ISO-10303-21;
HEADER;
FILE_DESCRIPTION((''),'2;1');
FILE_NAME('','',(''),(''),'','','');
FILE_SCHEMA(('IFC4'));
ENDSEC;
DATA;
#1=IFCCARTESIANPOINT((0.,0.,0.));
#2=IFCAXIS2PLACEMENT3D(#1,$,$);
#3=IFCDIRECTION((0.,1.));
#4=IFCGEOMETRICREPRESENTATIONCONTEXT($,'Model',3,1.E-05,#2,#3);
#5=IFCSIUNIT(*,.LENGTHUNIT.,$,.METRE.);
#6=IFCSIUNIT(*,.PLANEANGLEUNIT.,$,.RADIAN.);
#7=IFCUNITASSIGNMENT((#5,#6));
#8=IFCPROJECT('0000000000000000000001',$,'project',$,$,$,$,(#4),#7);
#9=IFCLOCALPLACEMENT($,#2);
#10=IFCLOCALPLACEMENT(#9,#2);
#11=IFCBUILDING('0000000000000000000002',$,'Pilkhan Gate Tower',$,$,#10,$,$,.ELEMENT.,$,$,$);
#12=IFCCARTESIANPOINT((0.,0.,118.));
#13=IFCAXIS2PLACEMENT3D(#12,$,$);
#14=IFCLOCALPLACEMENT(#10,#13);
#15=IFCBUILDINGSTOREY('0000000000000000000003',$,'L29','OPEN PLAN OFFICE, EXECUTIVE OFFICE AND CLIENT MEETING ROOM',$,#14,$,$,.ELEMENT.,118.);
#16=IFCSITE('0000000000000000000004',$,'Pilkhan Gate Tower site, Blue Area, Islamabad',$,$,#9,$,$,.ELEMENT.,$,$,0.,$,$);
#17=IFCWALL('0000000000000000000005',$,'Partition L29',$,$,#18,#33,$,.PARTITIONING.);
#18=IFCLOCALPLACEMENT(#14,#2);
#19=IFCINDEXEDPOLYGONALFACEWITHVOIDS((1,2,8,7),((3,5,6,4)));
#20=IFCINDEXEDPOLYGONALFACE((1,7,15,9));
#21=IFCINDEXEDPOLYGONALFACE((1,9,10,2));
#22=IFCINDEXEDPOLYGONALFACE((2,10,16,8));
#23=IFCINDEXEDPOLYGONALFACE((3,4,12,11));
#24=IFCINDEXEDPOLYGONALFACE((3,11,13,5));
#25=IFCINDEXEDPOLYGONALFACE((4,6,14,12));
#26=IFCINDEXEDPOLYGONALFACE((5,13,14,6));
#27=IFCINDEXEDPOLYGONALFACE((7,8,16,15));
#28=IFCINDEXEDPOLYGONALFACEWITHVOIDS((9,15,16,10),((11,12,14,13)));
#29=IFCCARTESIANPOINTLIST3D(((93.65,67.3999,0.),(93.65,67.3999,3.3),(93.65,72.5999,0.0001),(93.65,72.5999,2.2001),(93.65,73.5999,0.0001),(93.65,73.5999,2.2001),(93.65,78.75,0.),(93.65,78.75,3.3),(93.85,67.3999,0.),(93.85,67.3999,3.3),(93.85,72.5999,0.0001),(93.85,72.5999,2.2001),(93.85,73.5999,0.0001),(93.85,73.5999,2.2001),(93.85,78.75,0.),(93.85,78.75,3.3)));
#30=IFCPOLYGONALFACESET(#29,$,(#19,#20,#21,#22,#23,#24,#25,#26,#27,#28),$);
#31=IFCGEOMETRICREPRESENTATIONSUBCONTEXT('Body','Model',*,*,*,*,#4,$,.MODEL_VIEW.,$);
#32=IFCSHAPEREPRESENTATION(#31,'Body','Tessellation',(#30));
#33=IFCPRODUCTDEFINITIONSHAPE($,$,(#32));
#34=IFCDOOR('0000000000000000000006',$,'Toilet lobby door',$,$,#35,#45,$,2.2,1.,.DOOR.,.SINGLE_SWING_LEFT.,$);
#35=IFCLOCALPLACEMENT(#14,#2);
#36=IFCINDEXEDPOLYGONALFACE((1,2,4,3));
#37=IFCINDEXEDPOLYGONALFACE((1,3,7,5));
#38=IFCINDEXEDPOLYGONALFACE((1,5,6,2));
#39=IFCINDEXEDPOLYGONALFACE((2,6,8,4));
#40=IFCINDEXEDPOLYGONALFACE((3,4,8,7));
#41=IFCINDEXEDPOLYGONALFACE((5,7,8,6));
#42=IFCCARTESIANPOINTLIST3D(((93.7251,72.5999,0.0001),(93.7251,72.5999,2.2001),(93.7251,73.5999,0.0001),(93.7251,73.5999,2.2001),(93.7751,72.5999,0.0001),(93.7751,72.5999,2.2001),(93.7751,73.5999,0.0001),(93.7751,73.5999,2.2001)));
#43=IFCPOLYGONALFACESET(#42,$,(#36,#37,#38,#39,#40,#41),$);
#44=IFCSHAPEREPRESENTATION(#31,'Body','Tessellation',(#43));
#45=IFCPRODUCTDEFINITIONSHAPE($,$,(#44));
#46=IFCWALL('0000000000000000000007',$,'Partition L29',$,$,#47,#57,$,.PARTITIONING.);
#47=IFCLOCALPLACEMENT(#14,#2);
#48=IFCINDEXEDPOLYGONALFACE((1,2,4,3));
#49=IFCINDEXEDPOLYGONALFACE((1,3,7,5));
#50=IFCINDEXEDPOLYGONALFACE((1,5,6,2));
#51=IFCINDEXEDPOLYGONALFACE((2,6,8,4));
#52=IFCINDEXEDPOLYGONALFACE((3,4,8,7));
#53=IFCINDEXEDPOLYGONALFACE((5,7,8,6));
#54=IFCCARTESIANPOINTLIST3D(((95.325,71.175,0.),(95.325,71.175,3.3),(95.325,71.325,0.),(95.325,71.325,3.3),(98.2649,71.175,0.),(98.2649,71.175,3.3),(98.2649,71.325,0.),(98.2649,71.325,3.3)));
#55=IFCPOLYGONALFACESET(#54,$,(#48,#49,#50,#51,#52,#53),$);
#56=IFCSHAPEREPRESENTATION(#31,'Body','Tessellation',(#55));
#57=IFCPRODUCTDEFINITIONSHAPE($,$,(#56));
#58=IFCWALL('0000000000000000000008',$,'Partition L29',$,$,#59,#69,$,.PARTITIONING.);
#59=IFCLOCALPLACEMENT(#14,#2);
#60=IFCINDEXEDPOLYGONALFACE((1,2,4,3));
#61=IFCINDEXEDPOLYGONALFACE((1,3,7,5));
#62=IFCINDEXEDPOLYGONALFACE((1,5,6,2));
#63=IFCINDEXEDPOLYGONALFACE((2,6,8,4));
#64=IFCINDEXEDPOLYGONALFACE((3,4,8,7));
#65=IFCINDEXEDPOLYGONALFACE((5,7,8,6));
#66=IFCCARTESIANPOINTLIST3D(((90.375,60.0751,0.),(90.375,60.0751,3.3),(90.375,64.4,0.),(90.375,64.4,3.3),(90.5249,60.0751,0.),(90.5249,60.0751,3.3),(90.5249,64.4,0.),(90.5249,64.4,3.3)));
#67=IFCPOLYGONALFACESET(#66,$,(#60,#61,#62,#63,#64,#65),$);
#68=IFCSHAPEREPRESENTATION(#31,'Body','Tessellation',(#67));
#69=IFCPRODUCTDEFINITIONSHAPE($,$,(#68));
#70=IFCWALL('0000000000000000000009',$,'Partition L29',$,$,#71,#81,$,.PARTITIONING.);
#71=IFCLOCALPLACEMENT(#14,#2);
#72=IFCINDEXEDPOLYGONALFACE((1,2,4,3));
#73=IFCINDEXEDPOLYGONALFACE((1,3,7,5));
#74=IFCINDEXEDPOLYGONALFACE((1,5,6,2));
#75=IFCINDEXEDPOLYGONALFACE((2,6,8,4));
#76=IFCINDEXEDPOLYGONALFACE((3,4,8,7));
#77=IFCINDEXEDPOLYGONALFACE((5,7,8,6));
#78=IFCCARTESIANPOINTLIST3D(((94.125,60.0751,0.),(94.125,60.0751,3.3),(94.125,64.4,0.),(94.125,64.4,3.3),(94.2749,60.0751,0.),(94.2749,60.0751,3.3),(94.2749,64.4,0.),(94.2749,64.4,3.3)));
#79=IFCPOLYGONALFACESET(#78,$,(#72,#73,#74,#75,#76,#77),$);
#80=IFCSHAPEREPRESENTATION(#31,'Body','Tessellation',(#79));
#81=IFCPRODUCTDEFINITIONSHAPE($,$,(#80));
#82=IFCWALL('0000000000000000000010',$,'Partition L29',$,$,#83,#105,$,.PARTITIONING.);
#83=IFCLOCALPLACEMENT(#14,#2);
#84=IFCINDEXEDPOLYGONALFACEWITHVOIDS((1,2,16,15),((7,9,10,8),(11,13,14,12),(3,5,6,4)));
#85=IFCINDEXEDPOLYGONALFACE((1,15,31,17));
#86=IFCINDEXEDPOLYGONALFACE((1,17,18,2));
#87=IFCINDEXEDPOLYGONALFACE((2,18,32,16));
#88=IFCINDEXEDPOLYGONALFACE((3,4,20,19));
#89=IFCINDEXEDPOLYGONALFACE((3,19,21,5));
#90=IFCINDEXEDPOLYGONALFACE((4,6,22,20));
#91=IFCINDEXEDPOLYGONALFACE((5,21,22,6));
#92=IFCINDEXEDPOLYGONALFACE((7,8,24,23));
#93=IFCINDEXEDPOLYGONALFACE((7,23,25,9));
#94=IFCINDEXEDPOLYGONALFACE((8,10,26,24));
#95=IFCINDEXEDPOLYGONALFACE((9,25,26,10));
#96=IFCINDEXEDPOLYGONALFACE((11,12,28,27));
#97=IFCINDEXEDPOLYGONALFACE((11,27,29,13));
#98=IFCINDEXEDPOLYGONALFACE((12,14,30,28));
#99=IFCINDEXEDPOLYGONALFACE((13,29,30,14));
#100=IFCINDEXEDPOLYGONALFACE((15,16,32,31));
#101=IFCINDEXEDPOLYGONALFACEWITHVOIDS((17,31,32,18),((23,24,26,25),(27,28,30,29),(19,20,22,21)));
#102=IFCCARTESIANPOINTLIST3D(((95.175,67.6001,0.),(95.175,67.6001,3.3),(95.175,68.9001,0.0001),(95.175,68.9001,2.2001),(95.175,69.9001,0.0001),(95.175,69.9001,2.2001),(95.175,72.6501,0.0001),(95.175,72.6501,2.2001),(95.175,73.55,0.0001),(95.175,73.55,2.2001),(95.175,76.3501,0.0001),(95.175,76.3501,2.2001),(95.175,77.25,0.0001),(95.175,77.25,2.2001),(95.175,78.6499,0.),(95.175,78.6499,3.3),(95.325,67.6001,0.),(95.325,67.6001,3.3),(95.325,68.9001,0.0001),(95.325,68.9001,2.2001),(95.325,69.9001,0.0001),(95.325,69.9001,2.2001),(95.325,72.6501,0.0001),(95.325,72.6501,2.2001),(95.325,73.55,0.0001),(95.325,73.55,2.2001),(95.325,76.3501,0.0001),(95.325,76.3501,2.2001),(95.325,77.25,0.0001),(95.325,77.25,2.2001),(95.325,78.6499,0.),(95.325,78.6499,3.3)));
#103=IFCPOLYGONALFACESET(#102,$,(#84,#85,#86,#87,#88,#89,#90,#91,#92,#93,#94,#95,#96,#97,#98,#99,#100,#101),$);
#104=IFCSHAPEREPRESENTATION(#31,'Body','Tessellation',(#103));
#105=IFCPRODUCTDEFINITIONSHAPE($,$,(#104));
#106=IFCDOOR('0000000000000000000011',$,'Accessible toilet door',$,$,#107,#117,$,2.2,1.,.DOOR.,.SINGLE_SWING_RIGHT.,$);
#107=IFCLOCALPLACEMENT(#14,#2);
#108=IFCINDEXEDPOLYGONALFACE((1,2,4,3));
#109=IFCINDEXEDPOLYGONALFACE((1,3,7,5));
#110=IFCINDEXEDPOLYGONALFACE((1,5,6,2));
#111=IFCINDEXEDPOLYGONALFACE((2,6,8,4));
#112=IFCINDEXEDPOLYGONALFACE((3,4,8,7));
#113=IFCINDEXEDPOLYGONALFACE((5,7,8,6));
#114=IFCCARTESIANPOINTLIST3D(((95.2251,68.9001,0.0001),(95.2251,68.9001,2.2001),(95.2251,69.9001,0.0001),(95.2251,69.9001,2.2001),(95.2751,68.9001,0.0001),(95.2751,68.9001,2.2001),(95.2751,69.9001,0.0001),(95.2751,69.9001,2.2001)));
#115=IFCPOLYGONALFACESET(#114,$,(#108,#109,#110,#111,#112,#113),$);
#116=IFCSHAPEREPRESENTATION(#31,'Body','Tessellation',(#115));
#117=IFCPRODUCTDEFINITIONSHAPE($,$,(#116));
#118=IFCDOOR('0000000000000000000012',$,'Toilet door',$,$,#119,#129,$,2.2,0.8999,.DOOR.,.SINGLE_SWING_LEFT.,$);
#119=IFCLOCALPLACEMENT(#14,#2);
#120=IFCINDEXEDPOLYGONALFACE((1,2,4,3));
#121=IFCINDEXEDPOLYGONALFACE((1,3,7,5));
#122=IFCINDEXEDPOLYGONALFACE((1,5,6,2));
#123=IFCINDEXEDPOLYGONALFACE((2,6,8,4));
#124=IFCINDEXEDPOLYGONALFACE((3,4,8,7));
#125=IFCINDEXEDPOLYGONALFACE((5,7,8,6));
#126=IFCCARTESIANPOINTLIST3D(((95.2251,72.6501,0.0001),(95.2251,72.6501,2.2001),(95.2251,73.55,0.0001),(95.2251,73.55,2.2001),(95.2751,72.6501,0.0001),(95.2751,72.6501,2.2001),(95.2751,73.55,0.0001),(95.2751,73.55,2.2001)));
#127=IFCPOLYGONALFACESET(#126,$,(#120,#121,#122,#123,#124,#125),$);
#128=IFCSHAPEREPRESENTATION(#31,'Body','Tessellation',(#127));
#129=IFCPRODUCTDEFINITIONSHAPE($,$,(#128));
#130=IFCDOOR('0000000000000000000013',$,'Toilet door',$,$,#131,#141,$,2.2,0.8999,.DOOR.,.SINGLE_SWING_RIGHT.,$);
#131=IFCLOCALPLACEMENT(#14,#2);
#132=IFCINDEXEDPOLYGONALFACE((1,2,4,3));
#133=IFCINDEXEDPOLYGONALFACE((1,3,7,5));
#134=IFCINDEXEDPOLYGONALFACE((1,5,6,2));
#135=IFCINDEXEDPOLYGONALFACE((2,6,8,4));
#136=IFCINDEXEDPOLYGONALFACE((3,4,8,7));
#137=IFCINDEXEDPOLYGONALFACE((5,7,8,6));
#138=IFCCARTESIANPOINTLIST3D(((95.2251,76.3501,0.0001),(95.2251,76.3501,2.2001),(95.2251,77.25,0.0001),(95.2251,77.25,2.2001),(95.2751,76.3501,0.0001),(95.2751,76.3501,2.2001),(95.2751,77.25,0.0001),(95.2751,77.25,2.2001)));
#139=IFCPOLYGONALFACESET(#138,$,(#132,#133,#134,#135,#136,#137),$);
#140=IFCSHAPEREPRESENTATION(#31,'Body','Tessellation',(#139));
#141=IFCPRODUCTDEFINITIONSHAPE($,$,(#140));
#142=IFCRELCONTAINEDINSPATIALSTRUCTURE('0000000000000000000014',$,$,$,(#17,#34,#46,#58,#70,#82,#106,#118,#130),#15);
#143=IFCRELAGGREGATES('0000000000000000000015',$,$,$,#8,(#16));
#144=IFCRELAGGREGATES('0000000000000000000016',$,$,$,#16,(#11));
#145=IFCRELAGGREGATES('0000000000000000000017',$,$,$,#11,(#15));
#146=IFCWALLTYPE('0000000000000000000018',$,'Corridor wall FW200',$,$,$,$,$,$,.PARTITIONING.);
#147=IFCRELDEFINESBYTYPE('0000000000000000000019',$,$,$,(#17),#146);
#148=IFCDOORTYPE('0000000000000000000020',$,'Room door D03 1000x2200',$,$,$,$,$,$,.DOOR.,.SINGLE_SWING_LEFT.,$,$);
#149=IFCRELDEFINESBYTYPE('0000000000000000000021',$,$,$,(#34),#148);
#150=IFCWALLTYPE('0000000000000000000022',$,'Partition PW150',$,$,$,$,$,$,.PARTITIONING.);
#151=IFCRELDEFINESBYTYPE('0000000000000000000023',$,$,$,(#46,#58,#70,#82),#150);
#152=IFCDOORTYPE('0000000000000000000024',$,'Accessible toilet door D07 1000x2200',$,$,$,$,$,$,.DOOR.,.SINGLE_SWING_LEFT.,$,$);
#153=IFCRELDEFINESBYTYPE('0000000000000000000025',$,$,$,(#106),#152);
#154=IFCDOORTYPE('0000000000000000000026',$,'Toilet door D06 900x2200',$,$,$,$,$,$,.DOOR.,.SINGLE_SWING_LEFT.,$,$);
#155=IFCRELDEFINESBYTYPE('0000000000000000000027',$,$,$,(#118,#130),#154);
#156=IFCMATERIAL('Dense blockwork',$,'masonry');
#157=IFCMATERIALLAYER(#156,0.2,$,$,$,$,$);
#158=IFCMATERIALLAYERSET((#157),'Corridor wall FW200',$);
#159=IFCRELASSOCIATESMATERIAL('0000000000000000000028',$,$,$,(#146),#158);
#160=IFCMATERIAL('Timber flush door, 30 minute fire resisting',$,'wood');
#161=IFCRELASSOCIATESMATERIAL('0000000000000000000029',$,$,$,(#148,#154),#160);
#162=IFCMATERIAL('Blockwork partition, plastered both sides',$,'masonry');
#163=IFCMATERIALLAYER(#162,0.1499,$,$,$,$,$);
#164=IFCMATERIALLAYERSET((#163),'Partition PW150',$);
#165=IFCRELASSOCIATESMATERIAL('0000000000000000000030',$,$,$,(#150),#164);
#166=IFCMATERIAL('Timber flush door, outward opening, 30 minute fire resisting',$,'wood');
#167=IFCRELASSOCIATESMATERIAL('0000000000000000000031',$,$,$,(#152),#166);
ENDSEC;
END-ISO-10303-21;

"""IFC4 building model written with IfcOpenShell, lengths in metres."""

from ifc_helpers import new_model, si_unit, direction, frame, frame_2d, origin, place, context, subcontext, project, spatial, rectangle, extrude, material, layer, layer_set, type_object, element, fill, save


model = new_model("IFC4")

# Units and contexts
model_context = context("Model", 3, precision=1e-05, world=origin(), true_north=direction((0.0, 1.0)))
body_context = subcontext(model_context, "Body", "Model", "MODEL_VIEW")
ifc_project = project(units=[si_unit("LENGTHUNIT", "METRE"), si_unit("PLANEANGLEUNIT", "RADIAN")], contexts=[model_context])

# Site, building, storey
site_placement = place(None, origin())
site = spatial("IfcSite", under=ifc_project, at=site_placement, Name="Pilkhan Gate Tower site, Blue Area, Islamabad", CompositionType="ELEMENT", RefElevation=0.0)
building_placement = place(site_placement, origin())
building = spatial("IfcBuilding", under=site, at=building_placement, Name="Pilkhan Gate Tower", CompositionType="ELEMENT")
storey_placement = place(building_placement, frame((0.0, 0.0, 118.0)))
storey = spatial("IfcBuildingStorey", under=building, at=storey_placement, Name="L29", Description="OPEN PLAN OFFICE, EXECUTIVE OFFICE AND CLIENT MEETING ROOM", CompositionType="ELEMENT", Elevation=118.0)

# Shared definitions
ifc_material_1 = material(Name="Dense blockwork", Category="masonry")
ifc_layer_1 = layer(ifc_material_1, 0.2)
ifc_layer_set_1 = layer_set([ifc_layer_1], Name="Corridor wall FW200")
wall_type_1 = type_object("IfcWallType", Name="Corridor wall FW200", PredefinedType="PARTITIONING", material=ifc_layer_set_1)

# Wall, opening, door
wall_1_placement = place(storey_placement, frame((93.75, 67.3999, 0.0), z_axis=(0.0, 0.0, 1.0), x_axis=(0.0, 1.0, 0.0)))
wall_1 = element("IfcWall", 1, at=wall_1_placement, inside=storey, type_object=wall_type_1, Name="Partition L29", PredefinedType="PARTITIONING", context=body_context, shape_type="SweptSolid", body=[
    extrude(rectangle(XDim=11.3501, YDim=0.2, at=frame_2d((5.675, 0.0))), origin(), (0.0, 0.0, 1.0), 3.3),
])
opening_1_placement = place(wall_1_placement, frame((5.2, 0.0, 0.0)))
opening_1 = element("IfcOpeningElement", 2, at=opening_1_placement, cuts=wall_1, PredefinedType="OPENING", context=body_context, shape_type="SweptSolid", body=[
    extrude(rectangle(XDim=1.0, YDim=2.2, at=frame_2d((0.5, 1.1001))), frame((0.0, 0.1099, 0.0), z_axis=(0.0, -1.0, 0.0), x_axis=(1.0, 0.0, 0.0)), (0.0, 0.0, 1.0), 0.22),
])
ifc_material_2 = material(Name="Timber flush door, 30 minute fire resisting", Category="wood")
door_type_1 = type_object("IfcDoorType", Name="Room door D03 1000x2200", OperationType="SINGLE_SWING_LEFT", PredefinedType="DOOR", material=ifc_material_2)
door_1_placement = place(opening_1_placement, origin())
door_1 = element("IfcDoor", 3, at=door_1_placement, inside=storey, type_object=door_type_1, Name="Toilet lobby door", OperationType="SINGLE_SWING_LEFT", OverallHeight=2.2, OverallWidth=1.0, PredefinedType="DOOR", context=body_context, shape_type="SweptSolid", body=[
    extrude(rectangle(XDim=1.0, YDim=2.2, at=frame_2d((0.5, 1.1001))), frame((0.0, 0.0249, 0.0), z_axis=(0.0, -1.0, 0.0), x_axis=(1.0, 0.0, 0.0)), (0.0, 0.0, 1.0), 0.05),
])
fill(opening_1, door_1)

# Walls
ifc_material_3 = material(Name="Blockwork partition, plastered both sides", Category="masonry")
ifc_layer_2 = layer(ifc_material_3, 0.1499)
ifc_layer_set_2 = layer_set([ifc_layer_2], Name="Partition PW150")
wall_type_2 = type_object("IfcWallType", Name="Partition PW150", PredefinedType="PARTITIONING", material=ifc_layer_set_2)
wall_2_placement = place(storey_placement, frame((95.325, 71.25, 0.0), z_axis=(0.0, 0.0, 1.0), x_axis=(1.0, 0.0, 0.0)))
element("IfcWall", 4, at=wall_2_placement, inside=storey, type_object=wall_type_2, Name="Partition L29", PredefinedType="PARTITIONING", context=body_context, shape_type="SweptSolid", body=[
    extrude(rectangle(XDim=2.9399, YDim=0.1499, at=frame_2d((1.47, 0.0))), origin(), (0.0, 0.0, 1.0), 3.3),
])
for number, where, z_axis, x_axis, name in (
    (5, (90.45, 60.075, 0.0), (0.0, 0.0, 1.0), (0.0, 1.0, 0.0), "Partition L29"),
    (6, (94.2, 60.075, 0.0), (0.0, 0.0, 1.0), (0.0, 1.0, 0.0), "Partition L29"),
):
    element("IfcWall", number, at=place(storey_placement, frame(where, z_axis=z_axis, x_axis=x_axis)), inside=storey, type_object=wall_type_2, Name=name, PredefinedType="PARTITIONING", context=body_context, shape_type="SweptSolid", body=[
        extrude(rectangle(XDim=4.325, YDim=0.1499, at=frame_2d((2.1626, 0.0))), origin(), (0.0, 0.0, 1.0), 3.3),
    ])

# Wall, openings, doors
wall_3_placement = place(storey_placement, frame((95.25, 67.6001, 0.0), z_axis=(0.0, 0.0, 1.0), x_axis=(0.0, 1.0, 0.0)))
wall_3 = element("IfcWall", 7, at=wall_3_placement, inside=storey, type_object=wall_type_2, Name="Partition L29", PredefinedType="PARTITIONING", context=body_context, shape_type="SweptSolid", body=[
    extrude(rectangle(XDim=11.0498, YDim=0.1499, at=frame_2d((5.5249, 0.0))), origin(), (0.0, 0.0, 1.0), 3.3),
])
opening_2_placement = place(wall_3_placement, frame((1.3, 0.0, 0.0)))
opening_2 = element("IfcOpeningElement", 8, at=opening_2_placement, cuts=wall_3, PredefinedType="OPENING", context=body_context, shape_type="SweptSolid", body=[
    extrude(rectangle(XDim=1.0, YDim=2.2, at=frame_2d((0.5, 1.1001))), frame((0.0, 0.085, 0.0), z_axis=(0.0, -1.0, 0.0), x_axis=(1.0, 0.0, 0.0)), (0.0, 0.0, 1.0), 0.1699),
])
opening_3_placement = place(wall_3_placement, frame((5.05, 0.0, 0.0)))
opening_3 = element("IfcOpeningElement", 9, at=opening_3_placement, cuts=wall_3, PredefinedType="OPENING", context=body_context, shape_type="SweptSolid", body=[
    extrude(rectangle(XDim=0.8999, YDim=2.2, at=frame_2d((0.45, 1.1001))), frame((0.0, 0.085, 0.0), z_axis=(0.0, -1.0, 0.0), x_axis=(1.0, 0.0, 0.0)), (0.0, 0.0, 1.0), 0.1699),
])
opening_4_placement = place(wall_3_placement, frame((8.75, 0.0, 0.0)))
opening_4 = element("IfcOpeningElement", 10, at=opening_4_placement, cuts=wall_3, PredefinedType="OPENING", context=body_context, shape_type="SweptSolid", body=[
    extrude(rectangle(XDim=0.8999, YDim=2.2, at=frame_2d((0.45, 1.1001))), frame((0.0, 0.085, 0.0), z_axis=(0.0, -1.0, 0.0), x_axis=(1.0, 0.0, 0.0)), (0.0, 0.0, 1.0), 0.1699),
])
ifc_material_4 = material(Name="Timber flush door, outward opening, 30 minute fire resisting", Category="wood")
door_type_2 = type_object("IfcDoorType", Name="Accessible toilet door D07 1000x2200", OperationType="SINGLE_SWING_LEFT", PredefinedType="DOOR", material=ifc_material_4)
door_2_placement = place(opening_2_placement, origin())
door_2 = element("IfcDoor", 11, at=door_2_placement, inside=storey, type_object=door_type_2, Name="Accessible toilet door", OperationType="SINGLE_SWING_RIGHT", OverallHeight=2.2, OverallWidth=1.0, PredefinedType="DOOR", context=body_context, shape_type="SweptSolid", body=[
    extrude(rectangle(XDim=1.0, YDim=2.2, at=frame_2d((0.5, 1.1001))), frame((0.0, 0.0249, 0.0), z_axis=(0.0, -1.0, 0.0), x_axis=(1.0, 0.0, 0.0)), (0.0, 0.0, 1.0), 0.05),
])
fill(opening_2, door_2)
door_type_3 = type_object("IfcDoorType", Name="Toilet door D06 900x2200", OperationType="SINGLE_SWING_LEFT", PredefinedType="DOOR", material=ifc_material_2)
door_3_placement = place(opening_3_placement, origin())
door_3 = element("IfcDoor", 12, at=door_3_placement, inside=storey, type_object=door_type_3, Name="Toilet door", OperationType="SINGLE_SWING_LEFT", OverallHeight=2.2, OverallWidth=0.8999, PredefinedType="DOOR", context=body_context, shape_type="SweptSolid", body=[
    extrude(rectangle(XDim=0.8999, YDim=2.2, at=frame_2d((0.45, 1.1001))), frame((0.0, 0.0249, 0.0), z_axis=(0.0, -1.0, 0.0), x_axis=(1.0, 0.0, 0.0)), (0.0, 0.0, 1.0), 0.05),
])
fill(opening_3, door_3)
door_4_placement = place(opening_4_placement, origin())
door_4 = element("IfcDoor", 13, at=door_4_placement, inside=storey, type_object=door_type_3, Name="Toilet door", OperationType="SINGLE_SWING_RIGHT", OverallHeight=2.2, OverallWidth=0.8999, PredefinedType="DOOR", context=body_context, shape_type="SweptSolid", body=[
    extrude(rectangle(XDim=0.8999, YDim=2.2, at=frame_2d((0.45, 1.1001))), frame((0.0, 0.0249, 0.0), z_axis=(0.0, -1.0, 0.0), x_axis=(1.0, 0.0, 0.0)), (0.0, 0.0, 1.0), 0.05),
])
fill(opening_4, door_4)

save(model, "model.ifc")
